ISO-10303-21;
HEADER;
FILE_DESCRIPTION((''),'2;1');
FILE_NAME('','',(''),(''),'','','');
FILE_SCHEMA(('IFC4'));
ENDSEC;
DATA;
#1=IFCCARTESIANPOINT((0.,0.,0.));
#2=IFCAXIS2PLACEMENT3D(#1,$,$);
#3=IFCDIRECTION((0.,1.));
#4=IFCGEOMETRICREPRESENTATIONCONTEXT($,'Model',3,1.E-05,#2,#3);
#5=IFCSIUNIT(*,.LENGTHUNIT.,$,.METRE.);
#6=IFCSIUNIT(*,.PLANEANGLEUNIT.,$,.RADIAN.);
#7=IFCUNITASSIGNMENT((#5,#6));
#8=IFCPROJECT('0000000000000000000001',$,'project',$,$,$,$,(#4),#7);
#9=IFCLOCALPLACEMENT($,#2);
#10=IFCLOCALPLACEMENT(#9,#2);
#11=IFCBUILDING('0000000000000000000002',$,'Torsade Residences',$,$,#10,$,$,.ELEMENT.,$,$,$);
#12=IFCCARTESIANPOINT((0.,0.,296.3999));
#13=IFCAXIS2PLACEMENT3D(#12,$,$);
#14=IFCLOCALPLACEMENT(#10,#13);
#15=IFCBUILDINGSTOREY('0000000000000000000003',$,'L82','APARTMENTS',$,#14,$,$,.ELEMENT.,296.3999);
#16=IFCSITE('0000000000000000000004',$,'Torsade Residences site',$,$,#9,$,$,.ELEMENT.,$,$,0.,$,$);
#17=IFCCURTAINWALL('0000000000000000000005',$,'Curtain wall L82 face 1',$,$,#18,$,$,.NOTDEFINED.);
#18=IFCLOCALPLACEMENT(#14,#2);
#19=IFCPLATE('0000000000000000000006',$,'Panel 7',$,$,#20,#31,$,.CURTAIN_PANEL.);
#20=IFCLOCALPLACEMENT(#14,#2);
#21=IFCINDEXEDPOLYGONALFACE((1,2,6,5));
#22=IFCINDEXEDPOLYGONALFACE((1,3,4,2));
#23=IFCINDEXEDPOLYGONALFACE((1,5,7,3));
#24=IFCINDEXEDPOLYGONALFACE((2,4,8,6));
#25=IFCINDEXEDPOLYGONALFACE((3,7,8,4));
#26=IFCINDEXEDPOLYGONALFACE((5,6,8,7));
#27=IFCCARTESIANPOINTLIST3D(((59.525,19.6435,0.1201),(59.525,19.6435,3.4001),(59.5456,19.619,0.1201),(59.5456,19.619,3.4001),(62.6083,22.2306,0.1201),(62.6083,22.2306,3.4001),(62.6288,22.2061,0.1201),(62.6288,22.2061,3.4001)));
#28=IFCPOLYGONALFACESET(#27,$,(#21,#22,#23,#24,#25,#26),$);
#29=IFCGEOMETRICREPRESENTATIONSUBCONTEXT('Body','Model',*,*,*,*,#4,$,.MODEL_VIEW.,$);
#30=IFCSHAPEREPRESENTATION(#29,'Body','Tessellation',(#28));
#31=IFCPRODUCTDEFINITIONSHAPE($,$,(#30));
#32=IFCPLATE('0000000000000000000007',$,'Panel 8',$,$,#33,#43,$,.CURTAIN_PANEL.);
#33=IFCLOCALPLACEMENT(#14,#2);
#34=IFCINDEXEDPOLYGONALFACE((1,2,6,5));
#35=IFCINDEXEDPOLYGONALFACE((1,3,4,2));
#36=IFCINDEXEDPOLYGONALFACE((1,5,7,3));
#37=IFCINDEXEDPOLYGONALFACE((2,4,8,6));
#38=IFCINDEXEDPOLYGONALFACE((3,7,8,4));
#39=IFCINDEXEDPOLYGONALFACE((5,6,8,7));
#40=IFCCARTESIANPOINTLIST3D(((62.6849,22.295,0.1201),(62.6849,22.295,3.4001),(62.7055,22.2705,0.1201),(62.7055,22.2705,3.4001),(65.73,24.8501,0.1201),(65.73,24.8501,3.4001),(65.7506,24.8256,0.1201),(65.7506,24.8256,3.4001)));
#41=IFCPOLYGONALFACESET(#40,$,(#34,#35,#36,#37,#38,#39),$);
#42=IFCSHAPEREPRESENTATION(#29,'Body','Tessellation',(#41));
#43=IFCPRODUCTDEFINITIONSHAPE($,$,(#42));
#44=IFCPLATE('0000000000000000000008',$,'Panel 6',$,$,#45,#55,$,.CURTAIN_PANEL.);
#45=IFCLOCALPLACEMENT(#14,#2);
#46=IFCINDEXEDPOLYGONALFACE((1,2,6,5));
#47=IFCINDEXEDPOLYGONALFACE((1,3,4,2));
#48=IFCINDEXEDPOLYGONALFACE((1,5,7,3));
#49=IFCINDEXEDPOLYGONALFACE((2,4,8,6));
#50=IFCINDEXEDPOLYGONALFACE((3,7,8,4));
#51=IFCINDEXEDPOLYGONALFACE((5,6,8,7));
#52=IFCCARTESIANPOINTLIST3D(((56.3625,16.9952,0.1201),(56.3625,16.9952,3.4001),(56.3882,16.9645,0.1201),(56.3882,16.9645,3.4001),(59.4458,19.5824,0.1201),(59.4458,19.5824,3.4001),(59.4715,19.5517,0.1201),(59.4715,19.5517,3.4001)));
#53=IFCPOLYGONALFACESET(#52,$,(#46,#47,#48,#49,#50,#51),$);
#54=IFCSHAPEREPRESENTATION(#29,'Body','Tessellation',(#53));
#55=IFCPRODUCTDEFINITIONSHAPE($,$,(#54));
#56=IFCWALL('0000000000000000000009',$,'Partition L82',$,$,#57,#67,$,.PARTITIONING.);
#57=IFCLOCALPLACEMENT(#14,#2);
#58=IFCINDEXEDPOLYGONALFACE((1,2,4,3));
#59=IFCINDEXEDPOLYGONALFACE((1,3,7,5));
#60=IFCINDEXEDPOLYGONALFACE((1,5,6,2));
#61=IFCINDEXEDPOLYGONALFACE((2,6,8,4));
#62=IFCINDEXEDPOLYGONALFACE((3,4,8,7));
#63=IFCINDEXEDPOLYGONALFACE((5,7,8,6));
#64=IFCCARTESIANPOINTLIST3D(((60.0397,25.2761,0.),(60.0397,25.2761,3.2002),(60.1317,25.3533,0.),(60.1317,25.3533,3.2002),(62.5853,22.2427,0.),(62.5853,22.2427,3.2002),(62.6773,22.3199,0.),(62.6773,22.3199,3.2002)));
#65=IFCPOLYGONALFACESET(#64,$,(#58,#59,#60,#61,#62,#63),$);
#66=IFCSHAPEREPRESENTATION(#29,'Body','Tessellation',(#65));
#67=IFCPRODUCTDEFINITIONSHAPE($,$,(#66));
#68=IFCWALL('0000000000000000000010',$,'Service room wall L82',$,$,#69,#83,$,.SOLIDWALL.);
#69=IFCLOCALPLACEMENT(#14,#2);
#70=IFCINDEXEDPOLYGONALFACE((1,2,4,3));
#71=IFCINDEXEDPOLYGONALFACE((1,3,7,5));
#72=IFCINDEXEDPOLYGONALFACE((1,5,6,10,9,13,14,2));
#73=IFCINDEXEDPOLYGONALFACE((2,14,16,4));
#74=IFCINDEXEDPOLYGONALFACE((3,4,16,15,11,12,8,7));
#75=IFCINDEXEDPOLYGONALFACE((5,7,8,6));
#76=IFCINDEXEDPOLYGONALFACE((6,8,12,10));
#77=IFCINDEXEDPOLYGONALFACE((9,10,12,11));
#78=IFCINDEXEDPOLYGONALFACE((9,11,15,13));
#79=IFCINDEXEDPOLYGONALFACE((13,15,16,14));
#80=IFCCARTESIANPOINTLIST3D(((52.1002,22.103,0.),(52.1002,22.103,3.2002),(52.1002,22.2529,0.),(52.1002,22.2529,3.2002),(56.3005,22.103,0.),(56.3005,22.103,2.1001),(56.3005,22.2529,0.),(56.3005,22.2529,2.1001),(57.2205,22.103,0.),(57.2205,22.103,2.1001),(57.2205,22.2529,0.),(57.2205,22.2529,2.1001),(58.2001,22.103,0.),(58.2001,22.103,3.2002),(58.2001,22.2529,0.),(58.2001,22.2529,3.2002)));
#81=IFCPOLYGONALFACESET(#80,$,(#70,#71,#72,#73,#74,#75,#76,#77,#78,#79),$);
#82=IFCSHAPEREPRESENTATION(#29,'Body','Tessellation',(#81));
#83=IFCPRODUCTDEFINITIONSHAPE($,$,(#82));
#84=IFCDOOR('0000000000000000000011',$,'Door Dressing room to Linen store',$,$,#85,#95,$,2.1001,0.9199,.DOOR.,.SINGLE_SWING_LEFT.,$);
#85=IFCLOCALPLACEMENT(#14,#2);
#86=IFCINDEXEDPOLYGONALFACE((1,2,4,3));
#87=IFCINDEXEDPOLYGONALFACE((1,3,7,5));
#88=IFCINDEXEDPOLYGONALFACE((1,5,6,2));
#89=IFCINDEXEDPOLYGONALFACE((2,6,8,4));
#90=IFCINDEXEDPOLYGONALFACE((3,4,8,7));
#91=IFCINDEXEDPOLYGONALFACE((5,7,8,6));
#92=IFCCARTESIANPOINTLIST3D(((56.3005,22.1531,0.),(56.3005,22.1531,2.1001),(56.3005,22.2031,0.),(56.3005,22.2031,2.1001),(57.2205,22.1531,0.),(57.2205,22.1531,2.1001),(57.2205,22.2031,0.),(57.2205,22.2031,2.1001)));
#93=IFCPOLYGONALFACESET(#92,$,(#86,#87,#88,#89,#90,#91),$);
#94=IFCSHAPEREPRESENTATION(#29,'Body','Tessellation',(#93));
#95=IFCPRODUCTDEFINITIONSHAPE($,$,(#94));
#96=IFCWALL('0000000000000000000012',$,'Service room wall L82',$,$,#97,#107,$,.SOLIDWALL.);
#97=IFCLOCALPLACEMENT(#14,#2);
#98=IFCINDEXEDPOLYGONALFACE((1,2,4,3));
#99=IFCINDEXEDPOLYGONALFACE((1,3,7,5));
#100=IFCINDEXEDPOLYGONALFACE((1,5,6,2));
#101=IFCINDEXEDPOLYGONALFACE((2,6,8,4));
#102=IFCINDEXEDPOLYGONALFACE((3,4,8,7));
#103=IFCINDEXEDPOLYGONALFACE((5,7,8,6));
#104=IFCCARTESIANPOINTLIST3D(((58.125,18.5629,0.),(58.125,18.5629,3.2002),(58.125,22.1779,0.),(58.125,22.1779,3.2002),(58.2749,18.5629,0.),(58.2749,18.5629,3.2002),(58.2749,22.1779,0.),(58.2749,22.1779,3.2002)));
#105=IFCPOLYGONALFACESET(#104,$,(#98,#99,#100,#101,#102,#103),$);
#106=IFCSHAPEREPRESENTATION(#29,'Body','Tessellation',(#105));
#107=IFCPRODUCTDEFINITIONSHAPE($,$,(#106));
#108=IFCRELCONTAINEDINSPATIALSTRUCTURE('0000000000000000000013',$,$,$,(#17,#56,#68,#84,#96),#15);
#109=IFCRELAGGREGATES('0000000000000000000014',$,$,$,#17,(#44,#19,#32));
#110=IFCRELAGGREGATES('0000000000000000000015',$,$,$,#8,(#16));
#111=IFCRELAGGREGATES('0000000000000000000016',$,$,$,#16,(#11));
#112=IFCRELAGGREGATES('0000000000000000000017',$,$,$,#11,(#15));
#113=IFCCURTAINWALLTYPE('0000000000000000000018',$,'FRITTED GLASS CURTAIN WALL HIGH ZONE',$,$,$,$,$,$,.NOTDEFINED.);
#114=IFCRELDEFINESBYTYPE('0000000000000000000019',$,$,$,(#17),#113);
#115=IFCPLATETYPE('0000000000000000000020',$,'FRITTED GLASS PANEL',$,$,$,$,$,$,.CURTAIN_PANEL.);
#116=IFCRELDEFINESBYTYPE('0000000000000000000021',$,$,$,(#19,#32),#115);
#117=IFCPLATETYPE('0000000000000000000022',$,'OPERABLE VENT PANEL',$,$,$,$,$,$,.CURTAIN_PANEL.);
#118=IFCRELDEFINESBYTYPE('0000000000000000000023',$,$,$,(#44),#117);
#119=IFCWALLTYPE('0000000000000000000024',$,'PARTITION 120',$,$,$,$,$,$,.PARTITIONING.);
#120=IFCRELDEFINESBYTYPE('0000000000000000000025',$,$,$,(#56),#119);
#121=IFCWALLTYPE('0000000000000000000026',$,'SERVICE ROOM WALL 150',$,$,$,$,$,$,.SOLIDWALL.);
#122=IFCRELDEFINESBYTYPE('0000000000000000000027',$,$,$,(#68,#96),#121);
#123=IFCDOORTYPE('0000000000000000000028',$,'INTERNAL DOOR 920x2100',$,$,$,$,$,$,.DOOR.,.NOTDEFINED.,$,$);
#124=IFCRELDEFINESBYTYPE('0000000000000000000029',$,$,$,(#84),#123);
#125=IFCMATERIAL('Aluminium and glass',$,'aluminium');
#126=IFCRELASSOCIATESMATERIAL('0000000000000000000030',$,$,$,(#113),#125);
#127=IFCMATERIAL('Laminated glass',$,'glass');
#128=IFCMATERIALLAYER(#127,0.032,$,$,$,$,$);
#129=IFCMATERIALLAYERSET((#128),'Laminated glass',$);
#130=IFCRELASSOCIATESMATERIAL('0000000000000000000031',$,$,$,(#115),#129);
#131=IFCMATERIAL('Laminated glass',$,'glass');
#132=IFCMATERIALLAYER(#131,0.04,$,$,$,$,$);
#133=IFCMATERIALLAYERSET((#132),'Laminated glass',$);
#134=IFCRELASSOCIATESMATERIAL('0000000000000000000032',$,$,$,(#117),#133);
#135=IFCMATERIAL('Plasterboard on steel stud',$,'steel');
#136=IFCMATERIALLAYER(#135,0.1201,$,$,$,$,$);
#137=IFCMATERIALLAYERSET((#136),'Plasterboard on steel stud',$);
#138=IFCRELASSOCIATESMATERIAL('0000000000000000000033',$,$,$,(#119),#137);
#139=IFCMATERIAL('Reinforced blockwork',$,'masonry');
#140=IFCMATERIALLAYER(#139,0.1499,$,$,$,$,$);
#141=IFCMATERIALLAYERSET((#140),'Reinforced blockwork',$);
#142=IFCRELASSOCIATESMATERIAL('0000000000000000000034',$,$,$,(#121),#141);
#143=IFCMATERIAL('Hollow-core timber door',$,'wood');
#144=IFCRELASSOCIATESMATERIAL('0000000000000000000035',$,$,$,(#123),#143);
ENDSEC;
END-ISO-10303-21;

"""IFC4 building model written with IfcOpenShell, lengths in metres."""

from ifc_helpers import new_model, si_unit, direction, frame, frame_2d, origin, origin_2d, place, context, subcontext, project, spatial, rectangle, extrude, material, layer, layer_set, type_object, element, fill, aggregate, save


model = new_model("IFC4")

# Units and contexts
model_context = context("Model", 3, precision=1e-05, world=origin(), true_north=direction((0.0, 1.0)))
body_context = subcontext(model_context, "Body", "Model", "MODEL_VIEW")
ifc_project = project(units=[si_unit("LENGTHUNIT", "METRE"), si_unit("PLANEANGLEUNIT", "RADIAN")], contexts=[model_context])

# Site, building, storey
site_placement = place(None, origin())
site = spatial("IfcSite", under=ifc_project, at=site_placement, Name="Torsade Residences site", CompositionType="ELEMENT", RefElevation=0.0)
building_placement = place(site_placement, origin())
building = spatial("IfcBuilding", under=site, at=building_placement, Name="Torsade Residences", CompositionType="ELEMENT")
storey_placement = place(building_placement, frame((0.0, 0.0, 296.3999)))
storey = spatial("IfcBuildingStorey", under=building, at=storey_placement, Name="L82", Description="APARTMENTS", CompositionType="ELEMENT", Elevation=296.3999)

# Curtain wall
ifc_material_1 = material(Name="Aluminium and glass", Category="aluminium")
curtain_wall_type = type_object("IfcCurtainWallType", Name="FRITTED GLASS CURTAIN WALL HIGH ZONE", PredefinedType="NOTDEFINED", material=ifc_material_1)
curtain_wall_placement = place(storey_placement, origin())
curtain_wall = element("IfcCurtainWall", 1, at=curtain_wall_placement, inside=storey, type_object=curtain_wall_type, Name="Curtain wall L82 face 1", PredefinedType="NOTDEFINED")

# Plates
ifc_material_2 = material(Name="Laminated glass", Category="glass")
ifc_layer_1 = layer(ifc_material_2, 0.032)
ifc_layer_set_1 = layer_set([ifc_layer_1], Name="Laminated glass")
plate_type_1 = type_object("IfcPlateType", Name="FRITTED GLASS PANEL", PredefinedType="CURTAIN_PANEL", material=ifc_layer_set_1)
plate_1_placement = place(storey_placement, frame((61.0769, 20.9248, 0.1201), z_axis=(0.0, 0.0, 1.0), x_axis=(0.766044, 0.642788, 0.0)))
plate_1 = element("IfcPlate", 2, at=plate_1_placement, type_object=plate_type_1, Name="Panel 7", PredefinedType="CURTAIN_PANEL", context=body_context, shape_type="SweptSolid", body=[
    extrude(rectangle(XDim=4.0249, YDim=0.032, at=origin_2d()), origin(), (0.0, 0.0, 1.0), 3.28),
])
plate_2_placement = place(storey_placement, frame((64.2178, 23.5603, 0.1201), z_axis=(0.0, 0.0, 1.0), x_axis=(0.766044, 0.642788, 0.0)))
plate_2 = element("IfcPlate", 3, at=plate_2_placement, type_object=plate_type_1, Name="Panel 8", PredefinedType="CURTAIN_PANEL", context=body_context, shape_type="SweptSolid", body=[
    extrude(rectangle(XDim=3.9751, YDim=0.032, at=origin_2d()), origin(), (0.0, 0.0, 1.0), 3.28),
])
ifc_material_3 = material(Name="Laminated glass", Category="glass")
ifc_layer_2 = layer(ifc_material_3, 0.04)
ifc_layer_set_2 = layer_set([ifc_layer_2], Name="Laminated glass")
plate_type_2 = type_object("IfcPlateType", Name="OPERABLE VENT PANEL", PredefinedType="CURTAIN_PANEL", material=ifc_layer_set_2)
plate_3_placement = place(storey_placement, frame((57.917, 18.2734, 0.1201), z_axis=(0.0, 0.0, 1.0), x_axis=(0.766044, 0.642788, 0.0)))
plate_3 = element("IfcPlate", 4, at=plate_3_placement, type_object=plate_type_2, Name="Panel 6", PredefinedType="CURTAIN_PANEL", context=body_context, shape_type="SweptSolid", body=[
    extrude(rectangle(XDim=4.0249, YDim=0.04, at=origin_2d()), origin(), (0.0, 0.0, 1.0), 3.28),
])
aggregate(curtain_wall, [plate_3, plate_1, plate_2])

# Wall
ifc_material_4 = material(Name="Plasterboard on steel stud", Category="steel")
ifc_layer_3 = layer(ifc_material_4, 0.1201)
ifc_layer_set_3 = layer_set([ifc_layer_3], Name="Plasterboard on steel stud")
wall_type_1 = type_object("IfcWallType", Name="PARTITION 120", PredefinedType="PARTITIONING", material=ifc_layer_set_3)
wall_1_placement = place(storey_placement, frame((60.0857, 25.3147, 0.0), z_axis=(0.0, 0.0, 1.0), x_axis=(0.642831, -0.766008, 0.0)))
element("IfcWall", 5, at=wall_1_placement, inside=storey, type_object=wall_type_1, Name="Partition L82", PredefinedType="PARTITIONING", context=body_context, shape_type="SweptSolid", body=[
    extrude(rectangle(XDim=3.96, YDim=0.1201, at=frame_2d((1.98, 0.0))), origin(), (0.0, 0.0, 1.0), 3.2002),
])

# Wall, opening, door
ifc_material_5 = material(Name="Reinforced blockwork", Category="masonry")
ifc_layer_4 = layer(ifc_material_5, 0.1499)
ifc_layer_set_4 = layer_set([ifc_layer_4], Name="Reinforced blockwork")
wall_type_2 = type_object("IfcWallType", Name="SERVICE ROOM WALL 150", PredefinedType="SOLIDWALL", material=ifc_layer_set_4)
wall_2_placement = place(storey_placement, frame((58.2, 22.178, 0.0), z_axis=(0.0, 0.0, 1.0), x_axis=(-1.0, 0.0, 0.0)))
wall_2 = element("IfcWall", 6, at=wall_2_placement, inside=storey, type_object=wall_type_2, Name="Service room wall L82", PredefinedType="SOLIDWALL", context=body_context, shape_type="SweptSolid", body=[
    extrude(rectangle(XDim=6.0999, YDim=0.1499, at=frame_2d((3.0498, 0.0))), origin(), (0.0, 0.0, 1.0), 3.2002),
])
opening_1_placement = place(wall_2_placement, frame((0.9795, 0.0, 0.0)))
opening_1 = element("IfcOpeningElement", 7, at=opening_1_placement, cuts=wall_2, PredefinedType="OPENING", context=body_context, shape_type="SweptSolid", body=[
    extrude(rectangle(XDim=0.9199, YDim=2.1001, at=frame_2d((0.46, 1.05))), frame((0.0, 0.085, 0.0), z_axis=(0.0, -1.0, 0.0), x_axis=(1.0, 0.0, 0.0)), (0.0, 0.0, 1.0), 0.1699),
])
ifc_material_6 = material(Name="Hollow-core timber door", Category="wood")
door_type_1 = type_object("IfcDoorType", Name="INTERNAL DOOR 920x2100", OperationType="NOTDEFINED", PredefinedType="DOOR", material=ifc_material_6)
door_1_placement = place(opening_1_placement, origin())
door_1 = element("IfcDoor", 8, at=door_1_placement, inside=storey, type_object=door_type_1, Name="Door Dressing room to Linen store", OperationType="SINGLE_SWING_LEFT", OverallHeight=2.1001, OverallWidth=0.9199, PredefinedType="DOOR", context=body_context, shape_type="SweptSolid", body=[
    extrude(rectangle(XDim=0.9199, YDim=2.1001, at=frame_2d((0.46, 1.05))), frame((0.0, 0.0249, 0.0), z_axis=(0.0, -1.0, 0.0), x_axis=(1.0, 0.0, 0.0)), (0.0, 0.0, 1.0), 0.05),
])
fill(opening_1, door_1)

# Wall
wall_3_placement = place(storey_placement, frame((58.2, 22.178, 0.0), z_axis=(0.0, 0.0, 1.0), x_axis=(0.0, -1.0, 0.0)))
element("IfcWall", 9, at=wall_3_placement, inside=storey, type_object=wall_type_2, Name="Service room wall L82", PredefinedType="SOLIDWALL", context=body_context, shape_type="SweptSolid", body=[
    extrude(rectangle(XDim=3.615, YDim=0.1499, at=frame_2d((1.8076, 0.0))), origin(), (0.0, 0.0, 1.0), 3.2002),
])

save(model, "model.ifc")
